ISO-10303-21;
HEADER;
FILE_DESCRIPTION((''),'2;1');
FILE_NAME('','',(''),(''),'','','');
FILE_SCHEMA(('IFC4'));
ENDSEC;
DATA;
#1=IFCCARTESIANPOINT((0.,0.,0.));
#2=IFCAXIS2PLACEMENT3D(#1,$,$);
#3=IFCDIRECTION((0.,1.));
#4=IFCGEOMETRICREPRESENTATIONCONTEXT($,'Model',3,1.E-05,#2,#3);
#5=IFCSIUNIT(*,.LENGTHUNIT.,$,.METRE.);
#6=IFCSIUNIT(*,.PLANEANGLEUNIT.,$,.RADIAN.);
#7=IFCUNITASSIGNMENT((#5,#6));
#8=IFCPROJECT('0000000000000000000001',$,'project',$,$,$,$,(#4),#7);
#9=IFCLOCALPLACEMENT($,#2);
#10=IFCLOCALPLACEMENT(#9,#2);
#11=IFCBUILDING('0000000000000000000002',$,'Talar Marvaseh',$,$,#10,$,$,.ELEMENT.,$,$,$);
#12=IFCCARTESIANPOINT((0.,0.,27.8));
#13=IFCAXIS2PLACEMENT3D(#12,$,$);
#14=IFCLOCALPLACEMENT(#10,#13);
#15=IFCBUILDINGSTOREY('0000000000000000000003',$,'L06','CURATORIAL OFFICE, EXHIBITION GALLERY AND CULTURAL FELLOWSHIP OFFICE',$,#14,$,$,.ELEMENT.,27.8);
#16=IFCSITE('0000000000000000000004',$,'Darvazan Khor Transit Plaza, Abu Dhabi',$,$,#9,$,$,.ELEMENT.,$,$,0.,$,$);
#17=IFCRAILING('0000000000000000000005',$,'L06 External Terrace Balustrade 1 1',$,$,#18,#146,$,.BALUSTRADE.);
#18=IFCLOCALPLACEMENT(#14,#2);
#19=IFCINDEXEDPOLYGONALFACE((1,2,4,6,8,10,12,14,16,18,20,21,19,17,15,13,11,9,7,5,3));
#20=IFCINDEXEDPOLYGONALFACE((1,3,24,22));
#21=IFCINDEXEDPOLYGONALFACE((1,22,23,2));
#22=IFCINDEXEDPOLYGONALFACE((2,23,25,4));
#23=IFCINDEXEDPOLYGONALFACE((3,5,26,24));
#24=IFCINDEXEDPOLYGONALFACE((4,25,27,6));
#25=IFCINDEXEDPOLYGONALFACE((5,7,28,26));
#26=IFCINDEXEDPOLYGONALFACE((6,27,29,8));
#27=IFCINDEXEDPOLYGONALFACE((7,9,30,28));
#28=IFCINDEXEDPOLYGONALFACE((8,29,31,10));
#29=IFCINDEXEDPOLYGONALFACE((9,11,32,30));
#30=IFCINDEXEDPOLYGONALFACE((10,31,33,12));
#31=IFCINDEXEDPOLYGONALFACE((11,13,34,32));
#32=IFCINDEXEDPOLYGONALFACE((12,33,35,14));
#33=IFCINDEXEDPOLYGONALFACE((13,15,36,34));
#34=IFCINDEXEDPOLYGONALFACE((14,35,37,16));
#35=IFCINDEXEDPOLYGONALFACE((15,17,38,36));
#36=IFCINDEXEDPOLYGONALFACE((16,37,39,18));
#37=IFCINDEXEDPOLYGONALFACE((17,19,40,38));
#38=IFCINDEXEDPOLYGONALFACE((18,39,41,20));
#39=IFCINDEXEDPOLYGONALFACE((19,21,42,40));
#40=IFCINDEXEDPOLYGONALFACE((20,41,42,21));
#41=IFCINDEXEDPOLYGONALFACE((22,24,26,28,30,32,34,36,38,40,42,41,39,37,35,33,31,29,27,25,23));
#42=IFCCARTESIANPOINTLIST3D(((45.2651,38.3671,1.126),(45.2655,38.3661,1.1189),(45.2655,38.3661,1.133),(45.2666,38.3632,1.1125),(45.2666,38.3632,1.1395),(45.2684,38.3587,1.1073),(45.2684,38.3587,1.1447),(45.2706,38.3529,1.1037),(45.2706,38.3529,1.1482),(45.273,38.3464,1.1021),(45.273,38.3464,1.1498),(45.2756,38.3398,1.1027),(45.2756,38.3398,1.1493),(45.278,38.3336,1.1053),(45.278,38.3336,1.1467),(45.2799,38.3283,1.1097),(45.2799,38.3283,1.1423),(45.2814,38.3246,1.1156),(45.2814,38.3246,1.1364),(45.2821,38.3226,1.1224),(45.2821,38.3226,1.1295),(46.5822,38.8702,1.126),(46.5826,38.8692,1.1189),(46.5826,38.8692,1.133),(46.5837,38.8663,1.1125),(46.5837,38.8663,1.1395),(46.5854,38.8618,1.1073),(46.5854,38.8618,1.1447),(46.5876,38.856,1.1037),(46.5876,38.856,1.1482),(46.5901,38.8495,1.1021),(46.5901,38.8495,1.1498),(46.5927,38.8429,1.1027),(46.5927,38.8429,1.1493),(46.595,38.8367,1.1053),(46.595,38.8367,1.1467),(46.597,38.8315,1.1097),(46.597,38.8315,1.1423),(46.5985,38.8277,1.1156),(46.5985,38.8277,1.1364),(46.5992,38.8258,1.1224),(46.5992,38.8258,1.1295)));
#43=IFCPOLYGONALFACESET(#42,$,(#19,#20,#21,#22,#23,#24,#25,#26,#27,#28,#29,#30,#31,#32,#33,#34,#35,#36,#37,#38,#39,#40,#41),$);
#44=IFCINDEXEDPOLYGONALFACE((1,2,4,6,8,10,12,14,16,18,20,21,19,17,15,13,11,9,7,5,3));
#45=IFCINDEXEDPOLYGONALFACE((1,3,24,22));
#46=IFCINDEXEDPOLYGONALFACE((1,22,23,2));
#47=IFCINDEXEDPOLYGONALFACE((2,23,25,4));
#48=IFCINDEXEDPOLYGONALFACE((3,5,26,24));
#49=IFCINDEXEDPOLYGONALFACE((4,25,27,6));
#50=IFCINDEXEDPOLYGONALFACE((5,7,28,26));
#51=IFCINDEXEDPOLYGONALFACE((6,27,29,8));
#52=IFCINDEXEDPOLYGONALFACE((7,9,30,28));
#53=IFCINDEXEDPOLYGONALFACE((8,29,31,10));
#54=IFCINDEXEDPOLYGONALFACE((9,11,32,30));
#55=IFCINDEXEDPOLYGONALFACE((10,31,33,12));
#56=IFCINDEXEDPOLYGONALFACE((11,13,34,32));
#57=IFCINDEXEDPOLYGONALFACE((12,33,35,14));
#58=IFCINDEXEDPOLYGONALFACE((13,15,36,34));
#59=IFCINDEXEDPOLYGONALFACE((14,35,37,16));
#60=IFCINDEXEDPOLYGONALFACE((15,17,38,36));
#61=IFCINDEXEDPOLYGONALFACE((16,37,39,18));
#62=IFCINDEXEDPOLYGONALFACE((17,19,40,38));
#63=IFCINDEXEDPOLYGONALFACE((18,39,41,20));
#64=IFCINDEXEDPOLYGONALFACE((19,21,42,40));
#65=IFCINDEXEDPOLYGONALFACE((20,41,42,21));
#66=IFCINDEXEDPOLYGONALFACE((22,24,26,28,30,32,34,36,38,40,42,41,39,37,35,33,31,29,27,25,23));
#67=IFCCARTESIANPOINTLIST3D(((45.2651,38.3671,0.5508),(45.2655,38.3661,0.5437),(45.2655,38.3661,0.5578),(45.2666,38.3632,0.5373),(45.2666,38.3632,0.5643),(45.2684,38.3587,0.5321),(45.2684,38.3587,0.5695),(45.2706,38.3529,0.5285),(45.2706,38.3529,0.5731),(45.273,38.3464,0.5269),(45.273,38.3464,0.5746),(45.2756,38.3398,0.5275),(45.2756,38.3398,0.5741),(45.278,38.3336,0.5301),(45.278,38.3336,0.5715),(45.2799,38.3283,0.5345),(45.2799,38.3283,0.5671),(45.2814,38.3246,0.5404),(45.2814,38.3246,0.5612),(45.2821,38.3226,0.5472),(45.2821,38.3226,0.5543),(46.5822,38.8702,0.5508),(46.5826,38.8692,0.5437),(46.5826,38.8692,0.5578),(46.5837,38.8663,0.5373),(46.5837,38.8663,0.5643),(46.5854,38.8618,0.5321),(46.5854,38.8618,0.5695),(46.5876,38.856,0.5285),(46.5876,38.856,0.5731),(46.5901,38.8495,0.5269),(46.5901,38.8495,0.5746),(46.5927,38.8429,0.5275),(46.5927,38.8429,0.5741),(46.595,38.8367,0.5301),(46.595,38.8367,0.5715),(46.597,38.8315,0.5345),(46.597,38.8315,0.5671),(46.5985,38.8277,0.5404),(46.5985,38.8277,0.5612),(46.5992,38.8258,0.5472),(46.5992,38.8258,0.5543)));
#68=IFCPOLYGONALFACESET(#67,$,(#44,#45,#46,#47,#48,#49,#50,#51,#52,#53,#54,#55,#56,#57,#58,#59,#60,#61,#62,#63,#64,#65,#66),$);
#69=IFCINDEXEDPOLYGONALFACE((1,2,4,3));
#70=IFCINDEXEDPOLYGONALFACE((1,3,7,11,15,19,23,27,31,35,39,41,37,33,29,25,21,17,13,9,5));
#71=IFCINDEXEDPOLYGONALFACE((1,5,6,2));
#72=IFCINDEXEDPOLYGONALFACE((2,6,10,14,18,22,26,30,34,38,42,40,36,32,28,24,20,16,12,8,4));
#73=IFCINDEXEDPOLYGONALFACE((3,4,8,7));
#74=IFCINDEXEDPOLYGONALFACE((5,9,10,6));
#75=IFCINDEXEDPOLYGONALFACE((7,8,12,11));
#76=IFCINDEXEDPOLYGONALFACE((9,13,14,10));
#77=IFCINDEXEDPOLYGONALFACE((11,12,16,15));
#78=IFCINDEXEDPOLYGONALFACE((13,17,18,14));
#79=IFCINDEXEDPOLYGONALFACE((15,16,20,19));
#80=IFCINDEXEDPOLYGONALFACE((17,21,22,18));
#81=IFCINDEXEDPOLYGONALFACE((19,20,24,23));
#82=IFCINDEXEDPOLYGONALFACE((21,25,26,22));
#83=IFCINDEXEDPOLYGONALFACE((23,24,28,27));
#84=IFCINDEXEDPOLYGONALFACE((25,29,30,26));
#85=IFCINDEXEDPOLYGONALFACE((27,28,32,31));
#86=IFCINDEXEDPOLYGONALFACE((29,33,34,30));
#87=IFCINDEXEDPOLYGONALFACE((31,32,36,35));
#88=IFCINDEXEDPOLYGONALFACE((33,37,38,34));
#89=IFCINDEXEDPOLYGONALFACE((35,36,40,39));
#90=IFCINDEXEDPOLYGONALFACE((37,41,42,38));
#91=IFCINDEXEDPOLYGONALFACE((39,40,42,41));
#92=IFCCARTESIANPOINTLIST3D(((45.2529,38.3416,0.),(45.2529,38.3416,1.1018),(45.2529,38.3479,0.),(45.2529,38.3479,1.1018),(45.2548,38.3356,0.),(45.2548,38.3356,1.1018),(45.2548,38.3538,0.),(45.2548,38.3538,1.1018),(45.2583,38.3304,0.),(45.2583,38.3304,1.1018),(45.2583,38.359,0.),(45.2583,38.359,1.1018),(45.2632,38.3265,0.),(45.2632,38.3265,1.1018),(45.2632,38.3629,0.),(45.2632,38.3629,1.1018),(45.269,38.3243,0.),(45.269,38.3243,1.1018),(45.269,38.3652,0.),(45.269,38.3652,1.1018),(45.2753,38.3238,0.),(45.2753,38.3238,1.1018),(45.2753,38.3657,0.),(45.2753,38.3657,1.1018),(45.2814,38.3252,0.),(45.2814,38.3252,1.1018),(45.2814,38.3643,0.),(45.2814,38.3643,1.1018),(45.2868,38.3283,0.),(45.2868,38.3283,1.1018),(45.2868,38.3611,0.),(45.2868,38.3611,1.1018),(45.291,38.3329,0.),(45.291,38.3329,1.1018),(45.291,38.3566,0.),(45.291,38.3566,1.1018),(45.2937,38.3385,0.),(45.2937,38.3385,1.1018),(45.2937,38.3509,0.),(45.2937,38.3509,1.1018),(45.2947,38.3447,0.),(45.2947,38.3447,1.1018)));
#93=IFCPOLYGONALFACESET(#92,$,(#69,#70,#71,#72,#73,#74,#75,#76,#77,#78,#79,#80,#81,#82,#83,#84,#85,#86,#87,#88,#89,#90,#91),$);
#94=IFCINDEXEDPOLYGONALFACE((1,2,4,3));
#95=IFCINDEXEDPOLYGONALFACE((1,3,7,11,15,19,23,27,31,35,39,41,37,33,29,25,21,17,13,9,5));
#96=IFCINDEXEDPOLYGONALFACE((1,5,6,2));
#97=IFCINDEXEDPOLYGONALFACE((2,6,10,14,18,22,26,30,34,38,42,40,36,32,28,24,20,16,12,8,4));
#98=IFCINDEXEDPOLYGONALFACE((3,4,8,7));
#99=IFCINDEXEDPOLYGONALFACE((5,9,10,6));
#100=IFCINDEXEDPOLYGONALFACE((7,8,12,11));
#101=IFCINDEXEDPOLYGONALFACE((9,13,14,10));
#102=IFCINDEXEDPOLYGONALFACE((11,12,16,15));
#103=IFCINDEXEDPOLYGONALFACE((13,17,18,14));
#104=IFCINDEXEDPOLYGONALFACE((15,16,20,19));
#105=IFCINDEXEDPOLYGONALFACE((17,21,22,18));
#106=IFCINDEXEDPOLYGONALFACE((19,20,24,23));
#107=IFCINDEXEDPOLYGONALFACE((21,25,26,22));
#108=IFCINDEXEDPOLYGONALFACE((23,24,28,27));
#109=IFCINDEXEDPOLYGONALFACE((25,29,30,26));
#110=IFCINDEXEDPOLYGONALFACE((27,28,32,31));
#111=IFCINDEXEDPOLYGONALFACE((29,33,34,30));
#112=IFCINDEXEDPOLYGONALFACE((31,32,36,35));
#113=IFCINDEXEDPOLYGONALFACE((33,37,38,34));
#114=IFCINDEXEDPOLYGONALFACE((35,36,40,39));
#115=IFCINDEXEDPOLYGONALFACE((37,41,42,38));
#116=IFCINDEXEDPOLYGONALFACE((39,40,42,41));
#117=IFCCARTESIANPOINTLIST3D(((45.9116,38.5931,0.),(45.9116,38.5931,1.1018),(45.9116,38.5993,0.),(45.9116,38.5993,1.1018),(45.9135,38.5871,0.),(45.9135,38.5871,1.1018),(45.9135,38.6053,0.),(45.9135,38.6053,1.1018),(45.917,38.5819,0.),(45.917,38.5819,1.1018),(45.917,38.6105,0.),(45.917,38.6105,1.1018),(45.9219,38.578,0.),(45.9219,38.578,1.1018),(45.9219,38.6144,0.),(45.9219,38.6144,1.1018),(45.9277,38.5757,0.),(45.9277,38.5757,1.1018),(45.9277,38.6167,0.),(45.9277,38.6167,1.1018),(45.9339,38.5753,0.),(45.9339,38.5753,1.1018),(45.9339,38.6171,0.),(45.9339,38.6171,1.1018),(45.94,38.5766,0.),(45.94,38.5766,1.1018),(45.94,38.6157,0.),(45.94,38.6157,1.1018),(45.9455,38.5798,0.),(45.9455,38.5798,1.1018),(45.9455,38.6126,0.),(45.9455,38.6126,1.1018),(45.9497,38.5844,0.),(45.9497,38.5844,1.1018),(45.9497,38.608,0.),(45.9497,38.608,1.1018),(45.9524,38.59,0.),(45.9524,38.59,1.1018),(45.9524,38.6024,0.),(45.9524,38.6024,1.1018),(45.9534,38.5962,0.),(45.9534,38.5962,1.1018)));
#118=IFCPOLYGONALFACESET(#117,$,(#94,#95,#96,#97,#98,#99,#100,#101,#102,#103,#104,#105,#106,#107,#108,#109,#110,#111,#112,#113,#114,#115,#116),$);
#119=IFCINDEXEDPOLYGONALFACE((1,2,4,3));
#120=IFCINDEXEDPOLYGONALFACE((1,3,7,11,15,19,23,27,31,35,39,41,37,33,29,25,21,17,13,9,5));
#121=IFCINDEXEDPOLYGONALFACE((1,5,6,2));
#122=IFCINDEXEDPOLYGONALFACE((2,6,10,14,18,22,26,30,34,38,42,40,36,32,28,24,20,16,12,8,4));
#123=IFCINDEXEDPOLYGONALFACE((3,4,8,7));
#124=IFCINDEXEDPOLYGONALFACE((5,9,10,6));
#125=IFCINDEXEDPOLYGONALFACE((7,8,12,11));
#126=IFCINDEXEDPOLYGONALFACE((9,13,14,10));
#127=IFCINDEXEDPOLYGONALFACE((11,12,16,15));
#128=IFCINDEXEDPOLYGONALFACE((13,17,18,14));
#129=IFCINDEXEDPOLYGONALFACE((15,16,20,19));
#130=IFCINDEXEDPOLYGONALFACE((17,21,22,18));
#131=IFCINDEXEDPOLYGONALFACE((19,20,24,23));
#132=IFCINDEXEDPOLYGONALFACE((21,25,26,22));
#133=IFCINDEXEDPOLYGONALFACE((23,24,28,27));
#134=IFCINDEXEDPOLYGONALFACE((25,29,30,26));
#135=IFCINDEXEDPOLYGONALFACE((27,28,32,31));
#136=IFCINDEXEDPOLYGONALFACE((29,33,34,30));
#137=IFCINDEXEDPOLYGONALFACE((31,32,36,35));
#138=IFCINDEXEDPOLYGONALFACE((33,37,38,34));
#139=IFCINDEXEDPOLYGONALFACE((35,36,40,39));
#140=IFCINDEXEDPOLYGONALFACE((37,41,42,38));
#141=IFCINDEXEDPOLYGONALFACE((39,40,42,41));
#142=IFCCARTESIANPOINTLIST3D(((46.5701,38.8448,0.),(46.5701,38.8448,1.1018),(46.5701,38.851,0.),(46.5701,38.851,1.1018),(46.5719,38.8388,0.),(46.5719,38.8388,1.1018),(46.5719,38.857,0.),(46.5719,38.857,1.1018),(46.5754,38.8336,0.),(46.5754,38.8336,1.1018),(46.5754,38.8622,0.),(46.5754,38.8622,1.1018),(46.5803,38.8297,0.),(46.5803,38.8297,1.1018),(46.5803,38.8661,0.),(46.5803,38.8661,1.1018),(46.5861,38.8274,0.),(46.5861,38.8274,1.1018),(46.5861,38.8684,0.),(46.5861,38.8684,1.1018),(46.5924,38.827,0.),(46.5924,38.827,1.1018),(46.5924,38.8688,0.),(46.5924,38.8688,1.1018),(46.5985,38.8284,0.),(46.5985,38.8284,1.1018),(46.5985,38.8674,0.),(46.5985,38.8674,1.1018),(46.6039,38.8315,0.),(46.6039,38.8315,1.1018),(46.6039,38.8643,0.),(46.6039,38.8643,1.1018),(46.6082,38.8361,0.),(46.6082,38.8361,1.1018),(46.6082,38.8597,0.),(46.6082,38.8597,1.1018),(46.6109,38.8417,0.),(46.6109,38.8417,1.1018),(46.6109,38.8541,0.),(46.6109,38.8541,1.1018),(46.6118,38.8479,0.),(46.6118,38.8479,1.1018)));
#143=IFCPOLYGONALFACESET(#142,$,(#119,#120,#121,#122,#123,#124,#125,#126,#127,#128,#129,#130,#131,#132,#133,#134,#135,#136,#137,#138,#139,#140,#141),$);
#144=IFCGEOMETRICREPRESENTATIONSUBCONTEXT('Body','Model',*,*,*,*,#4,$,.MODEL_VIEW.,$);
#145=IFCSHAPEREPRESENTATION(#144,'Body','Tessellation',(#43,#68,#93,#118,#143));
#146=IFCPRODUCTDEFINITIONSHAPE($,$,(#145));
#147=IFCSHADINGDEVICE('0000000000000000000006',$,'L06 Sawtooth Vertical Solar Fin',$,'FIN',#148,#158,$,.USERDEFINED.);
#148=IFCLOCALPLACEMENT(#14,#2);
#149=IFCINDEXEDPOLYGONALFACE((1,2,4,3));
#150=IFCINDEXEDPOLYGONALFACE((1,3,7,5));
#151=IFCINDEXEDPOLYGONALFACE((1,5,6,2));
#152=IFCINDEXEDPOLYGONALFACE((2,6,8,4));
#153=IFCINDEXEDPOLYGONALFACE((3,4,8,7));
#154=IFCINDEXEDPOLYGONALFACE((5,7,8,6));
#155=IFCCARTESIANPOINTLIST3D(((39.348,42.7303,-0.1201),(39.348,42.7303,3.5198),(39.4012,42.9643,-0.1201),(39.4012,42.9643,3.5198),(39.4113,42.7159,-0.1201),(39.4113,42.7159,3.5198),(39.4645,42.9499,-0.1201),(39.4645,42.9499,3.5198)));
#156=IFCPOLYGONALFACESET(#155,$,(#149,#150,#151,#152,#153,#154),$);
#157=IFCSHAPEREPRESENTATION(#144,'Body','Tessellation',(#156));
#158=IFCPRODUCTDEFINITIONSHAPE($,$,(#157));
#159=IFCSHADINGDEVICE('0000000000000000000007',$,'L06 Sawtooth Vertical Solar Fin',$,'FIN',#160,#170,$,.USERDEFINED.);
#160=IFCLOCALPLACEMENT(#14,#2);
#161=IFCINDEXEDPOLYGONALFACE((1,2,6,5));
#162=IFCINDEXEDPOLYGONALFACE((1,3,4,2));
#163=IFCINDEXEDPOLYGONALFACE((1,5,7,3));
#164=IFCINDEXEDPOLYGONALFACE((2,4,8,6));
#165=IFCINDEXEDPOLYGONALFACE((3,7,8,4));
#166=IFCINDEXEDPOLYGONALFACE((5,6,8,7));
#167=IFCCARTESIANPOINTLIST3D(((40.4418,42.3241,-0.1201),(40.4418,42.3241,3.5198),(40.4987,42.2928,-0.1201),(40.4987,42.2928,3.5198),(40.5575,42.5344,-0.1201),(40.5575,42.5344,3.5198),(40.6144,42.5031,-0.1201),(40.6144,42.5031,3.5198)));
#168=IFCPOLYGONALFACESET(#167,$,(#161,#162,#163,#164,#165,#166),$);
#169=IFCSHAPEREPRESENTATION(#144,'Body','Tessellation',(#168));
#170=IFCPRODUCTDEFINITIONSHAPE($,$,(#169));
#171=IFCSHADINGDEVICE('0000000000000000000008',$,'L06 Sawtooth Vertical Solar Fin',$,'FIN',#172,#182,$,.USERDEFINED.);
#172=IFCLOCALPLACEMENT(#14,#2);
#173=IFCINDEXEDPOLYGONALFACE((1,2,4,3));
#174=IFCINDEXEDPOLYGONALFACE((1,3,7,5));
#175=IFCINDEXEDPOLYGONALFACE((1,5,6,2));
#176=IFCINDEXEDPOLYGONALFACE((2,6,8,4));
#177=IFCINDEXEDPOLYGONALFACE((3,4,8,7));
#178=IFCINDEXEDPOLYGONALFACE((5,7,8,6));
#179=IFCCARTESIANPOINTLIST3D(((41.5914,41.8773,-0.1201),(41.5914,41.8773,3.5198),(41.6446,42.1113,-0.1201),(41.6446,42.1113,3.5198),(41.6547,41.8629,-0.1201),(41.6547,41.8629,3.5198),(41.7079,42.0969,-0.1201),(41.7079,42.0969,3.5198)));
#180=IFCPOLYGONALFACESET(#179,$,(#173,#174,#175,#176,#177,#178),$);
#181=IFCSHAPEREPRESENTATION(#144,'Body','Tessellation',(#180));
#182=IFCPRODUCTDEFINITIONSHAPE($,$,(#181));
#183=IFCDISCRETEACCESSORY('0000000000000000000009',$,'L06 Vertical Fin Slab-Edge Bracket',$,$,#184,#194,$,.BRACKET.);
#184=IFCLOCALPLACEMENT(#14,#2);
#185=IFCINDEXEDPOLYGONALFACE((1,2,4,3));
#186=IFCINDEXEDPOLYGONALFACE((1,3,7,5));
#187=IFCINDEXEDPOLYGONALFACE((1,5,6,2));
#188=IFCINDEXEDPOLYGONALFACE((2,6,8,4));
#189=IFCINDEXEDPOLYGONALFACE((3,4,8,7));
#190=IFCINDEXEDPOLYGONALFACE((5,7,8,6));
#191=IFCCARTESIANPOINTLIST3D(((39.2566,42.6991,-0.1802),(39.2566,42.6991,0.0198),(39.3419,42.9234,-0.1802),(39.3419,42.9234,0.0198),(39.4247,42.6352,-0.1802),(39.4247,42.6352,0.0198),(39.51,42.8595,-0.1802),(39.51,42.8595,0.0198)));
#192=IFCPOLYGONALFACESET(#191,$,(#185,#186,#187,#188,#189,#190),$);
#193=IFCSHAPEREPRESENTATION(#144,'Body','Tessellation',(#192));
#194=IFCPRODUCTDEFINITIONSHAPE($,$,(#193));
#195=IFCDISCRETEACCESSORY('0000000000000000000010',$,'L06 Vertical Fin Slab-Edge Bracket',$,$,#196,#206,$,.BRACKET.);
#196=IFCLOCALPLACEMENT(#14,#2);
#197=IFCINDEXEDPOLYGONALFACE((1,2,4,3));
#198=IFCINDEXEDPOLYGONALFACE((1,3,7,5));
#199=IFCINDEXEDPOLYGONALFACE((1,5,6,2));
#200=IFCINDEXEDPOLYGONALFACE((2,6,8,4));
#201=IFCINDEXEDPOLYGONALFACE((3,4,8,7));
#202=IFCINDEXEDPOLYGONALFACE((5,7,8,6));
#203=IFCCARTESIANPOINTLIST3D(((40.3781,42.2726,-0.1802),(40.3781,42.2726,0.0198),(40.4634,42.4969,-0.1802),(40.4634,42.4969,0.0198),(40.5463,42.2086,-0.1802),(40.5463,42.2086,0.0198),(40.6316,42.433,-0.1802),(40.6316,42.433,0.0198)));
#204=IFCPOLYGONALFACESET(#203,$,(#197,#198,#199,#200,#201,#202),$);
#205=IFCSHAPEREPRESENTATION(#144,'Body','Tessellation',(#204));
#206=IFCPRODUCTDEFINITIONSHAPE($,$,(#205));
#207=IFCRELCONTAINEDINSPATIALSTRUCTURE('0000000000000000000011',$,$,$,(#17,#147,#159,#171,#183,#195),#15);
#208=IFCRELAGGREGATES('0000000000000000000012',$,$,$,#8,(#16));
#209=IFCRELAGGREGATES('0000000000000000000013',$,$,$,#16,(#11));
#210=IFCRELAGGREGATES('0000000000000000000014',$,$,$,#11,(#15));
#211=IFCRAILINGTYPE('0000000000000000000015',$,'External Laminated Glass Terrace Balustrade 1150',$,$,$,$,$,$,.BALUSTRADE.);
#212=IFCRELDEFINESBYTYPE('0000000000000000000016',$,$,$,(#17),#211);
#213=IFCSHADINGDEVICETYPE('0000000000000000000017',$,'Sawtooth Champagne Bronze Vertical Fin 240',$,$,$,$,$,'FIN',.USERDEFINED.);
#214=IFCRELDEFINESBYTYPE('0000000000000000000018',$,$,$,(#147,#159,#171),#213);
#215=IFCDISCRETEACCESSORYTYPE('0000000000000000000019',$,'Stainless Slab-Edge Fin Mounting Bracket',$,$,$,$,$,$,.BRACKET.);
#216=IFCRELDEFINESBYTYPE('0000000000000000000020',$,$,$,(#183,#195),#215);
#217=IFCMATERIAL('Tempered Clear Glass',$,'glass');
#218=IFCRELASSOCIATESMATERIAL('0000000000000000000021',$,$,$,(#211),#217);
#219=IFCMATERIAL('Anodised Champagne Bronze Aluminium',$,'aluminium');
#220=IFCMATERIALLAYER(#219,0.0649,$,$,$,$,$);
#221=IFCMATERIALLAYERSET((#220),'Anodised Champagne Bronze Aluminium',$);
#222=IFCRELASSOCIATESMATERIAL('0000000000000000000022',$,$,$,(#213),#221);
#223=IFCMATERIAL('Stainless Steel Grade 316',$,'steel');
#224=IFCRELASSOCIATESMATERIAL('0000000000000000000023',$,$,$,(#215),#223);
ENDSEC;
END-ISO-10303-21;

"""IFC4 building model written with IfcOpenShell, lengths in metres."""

from ifc_helpers import new_model, si_unit, direction, frame, origin, origin_2d, place, context, subcontext, project, spatial, rectangle, circle, extrude, source, transform, mapped, material, layer, layer_set, type_object, type_shapes, element, save


model = new_model("IFC4")

# Units and contexts
model_context = context("Model", 3, precision=1e-05, world=origin(), true_north=direction((0.0, 1.0)))
body_context = subcontext(model_context, "Body", "Model", "MODEL_VIEW")
ifc_project = project(units=[si_unit("LENGTHUNIT", "METRE"), si_unit("PLANEANGLEUNIT", "RADIAN")], contexts=[model_context])

# Site, building, storey
site_placement = place(None, origin())
site = spatial("IfcSite", under=ifc_project, at=site_placement, Name="Darvazan Khor Transit Plaza, Abu Dhabi", CompositionType="ELEMENT", RefElevation=0.0)
building_placement = place(site_placement, origin())
building = spatial("IfcBuilding", under=site, at=building_placement, Name="Talar Marvaseh", CompositionType="ELEMENT")
storey_placement = place(building_placement, frame((0.0, 0.0, 27.8)))
storey = spatial("IfcBuildingStorey", under=building, at=storey_placement, Name="L06", Description="CURATORIAL OFFICE, EXHIBITION GALLERY AND CULTURAL FELLOWSHIP OFFICE", CompositionType="ELEMENT", Elevation=27.8)

# Railing
ifc_material_1 = material(Name="Tempered Clear Glass", Category="glass")
railing_type = type_object("IfcRailingType", Name="External Laminated Glass Terrace Balustrade 1150", PredefinedType="BALUSTRADE", material=ifc_material_1)
railing_1_placement = place(storey_placement, frame((45.2737, 38.3447, 0.0)))
element("IfcRailing", 1, at=railing_1_placement, inside=storey, type_object=railing_type, Name="L06 External Terrace Balustrade 1 1", PredefinedType="BALUSTRADE", context=body_context, shape_type="SweptSolid", body=[
    extrude(circle(Radius=0.0239, at=origin_2d()), frame((0.0, 0.0, 1.126), z_axis=(0.934155, 0.356866, 0.0), x_axis=(-0.356866, 0.934155, 0.0)), (0.0, 0.0, 1.0), 1.4099),
    extrude(circle(Radius=0.0239, at=origin_2d()), frame((0.0, 0.0, 0.5508), z_axis=(0.934155, 0.356866, 0.0), x_axis=(-0.356866, 0.934155, 0.0)), (0.0, 0.0, 1.0), 1.4099),
    extrude(circle(Radius=0.021, at=origin_2d()), origin(), (0.0, 0.0, 1.0), 1.1018),
    extrude(circle(Radius=0.021, at=origin_2d()), frame((0.6587, 0.2515, 0.0)), (0.0, 0.0, 1.0), 1.1018),
    extrude(circle(Radius=0.021, at=origin_2d()), frame((1.3171, 0.5032, 0.0)), (0.0, 0.0, 1.0), 1.1018),
])

# Shading devices
ifc_material_2 = material(Name="Anodised Champagne Bronze Aluminium", Category="aluminium")
ifc_layer_1 = layer(ifc_material_2, 0.0649)
ifc_layer_set_1 = layer_set([ifc_layer_1], Name="Anodised Champagne Bronze Aluminium")
shading_device_type = type_object("IfcShadingDeviceType", Name="Sawtooth Champagne Bronze Vertical Fin 240", ElementType="FIN", PredefinedType="USERDEFINED", material=ifc_layer_set_1)
shared_shape_1 = source(origin(), body_context, "Body", "SweptSolid", [
    extrude(rectangle(XDim=0.24, YDim=0.0649, at=origin_2d()), origin(), (0.0, 0.0, 1.0), 3.6399),
])
type_shapes(shading_device_type, [shared_shape_1])
for number, where, z_axis, x_axis, name in (
    (2, (39.4062, 42.8401, -0.1201), (0.0, 0.0, 1.0), (0.221889, 0.975072, 0.0), "L06 Sawtooth Vertical Solar Fin"),
    (3, (40.5281, 42.4136, -0.1201), (0.0, 0.0, 1.0), (0.48206, 0.876138, 0.0), "L06 Sawtooth Vertical Solar Fin"),
    (4, (41.6497, 41.9871, -0.1201), (0.0, 0.0, 1.0), (0.221889, 0.975072, 0.0), "L06 Sawtooth Vertical Solar Fin"),
):
    element("IfcShadingDevice", number, at=place(storey_placement, frame(where, z_axis=z_axis, x_axis=x_axis)), inside=storey, type_object=shading_device_type, Name=name, ObjectType="FIN", PredefinedType="USERDEFINED", context=body_context, shape_type="MappedRepresentation", body=[
        mapped(shared_shape_1, transform((0.0, 0.0, 0.0), x_axis=(1.0, 0.0, 0.0), y_axis=(0.0, 1.0, 0.0), z_axis=(0.0, 0.0, 1.0), scale=1.0)),
    ])

# Discrete accessories
ifc_material_3 = material(Name="Stainless Steel Grade 316", Category="steel")
discrete_accessory_type = type_object("IfcDiscreteAccessoryType", Name="Stainless Slab-Edge Fin Mounting Bracket", PredefinedType="BRACKET", material=ifc_material_3)
shared_shape_2 = source(origin(), body_context, "Body", "SweptSolid", [
    extrude(rectangle(XDim=0.24, YDim=0.1799, at=origin_2d()), origin(), (0.0, 0.0, 1.0), 0.2),
])
type_shapes(discrete_accessory_type, [shared_shape_2])
for number, where, z_axis, x_axis, name in (
    (5, (39.3833, 42.7793, -0.1802), (0.0, 0.0, 1.0), (0.355433, 0.934702, 0.0), "L06 Vertical Fin Slab-Edge Bracket"),
    (6, (40.5049, 42.3528, -0.1802), (0.0, 0.0, 1.0), (0.355433, 0.934702, 0.0), "L06 Vertical Fin Slab-Edge Bracket"),
):
    element("IfcDiscreteAccessory", number, at=place(storey_placement, frame(where, z_axis=z_axis, x_axis=x_axis)), inside=storey, type_object=discrete_accessory_type, Name=name, PredefinedType="BRACKET", context=body_context, shape_type="MappedRepresentation", body=[
        mapped(shared_shape_2, transform((0.0, 0.0, 0.0), x_axis=(1.0, 0.0, 0.0), y_axis=(0.0, 1.0, 0.0), z_axis=(0.0, 0.0, 1.0), scale=1.0)),
    ])

save(model, "model.ifc")
